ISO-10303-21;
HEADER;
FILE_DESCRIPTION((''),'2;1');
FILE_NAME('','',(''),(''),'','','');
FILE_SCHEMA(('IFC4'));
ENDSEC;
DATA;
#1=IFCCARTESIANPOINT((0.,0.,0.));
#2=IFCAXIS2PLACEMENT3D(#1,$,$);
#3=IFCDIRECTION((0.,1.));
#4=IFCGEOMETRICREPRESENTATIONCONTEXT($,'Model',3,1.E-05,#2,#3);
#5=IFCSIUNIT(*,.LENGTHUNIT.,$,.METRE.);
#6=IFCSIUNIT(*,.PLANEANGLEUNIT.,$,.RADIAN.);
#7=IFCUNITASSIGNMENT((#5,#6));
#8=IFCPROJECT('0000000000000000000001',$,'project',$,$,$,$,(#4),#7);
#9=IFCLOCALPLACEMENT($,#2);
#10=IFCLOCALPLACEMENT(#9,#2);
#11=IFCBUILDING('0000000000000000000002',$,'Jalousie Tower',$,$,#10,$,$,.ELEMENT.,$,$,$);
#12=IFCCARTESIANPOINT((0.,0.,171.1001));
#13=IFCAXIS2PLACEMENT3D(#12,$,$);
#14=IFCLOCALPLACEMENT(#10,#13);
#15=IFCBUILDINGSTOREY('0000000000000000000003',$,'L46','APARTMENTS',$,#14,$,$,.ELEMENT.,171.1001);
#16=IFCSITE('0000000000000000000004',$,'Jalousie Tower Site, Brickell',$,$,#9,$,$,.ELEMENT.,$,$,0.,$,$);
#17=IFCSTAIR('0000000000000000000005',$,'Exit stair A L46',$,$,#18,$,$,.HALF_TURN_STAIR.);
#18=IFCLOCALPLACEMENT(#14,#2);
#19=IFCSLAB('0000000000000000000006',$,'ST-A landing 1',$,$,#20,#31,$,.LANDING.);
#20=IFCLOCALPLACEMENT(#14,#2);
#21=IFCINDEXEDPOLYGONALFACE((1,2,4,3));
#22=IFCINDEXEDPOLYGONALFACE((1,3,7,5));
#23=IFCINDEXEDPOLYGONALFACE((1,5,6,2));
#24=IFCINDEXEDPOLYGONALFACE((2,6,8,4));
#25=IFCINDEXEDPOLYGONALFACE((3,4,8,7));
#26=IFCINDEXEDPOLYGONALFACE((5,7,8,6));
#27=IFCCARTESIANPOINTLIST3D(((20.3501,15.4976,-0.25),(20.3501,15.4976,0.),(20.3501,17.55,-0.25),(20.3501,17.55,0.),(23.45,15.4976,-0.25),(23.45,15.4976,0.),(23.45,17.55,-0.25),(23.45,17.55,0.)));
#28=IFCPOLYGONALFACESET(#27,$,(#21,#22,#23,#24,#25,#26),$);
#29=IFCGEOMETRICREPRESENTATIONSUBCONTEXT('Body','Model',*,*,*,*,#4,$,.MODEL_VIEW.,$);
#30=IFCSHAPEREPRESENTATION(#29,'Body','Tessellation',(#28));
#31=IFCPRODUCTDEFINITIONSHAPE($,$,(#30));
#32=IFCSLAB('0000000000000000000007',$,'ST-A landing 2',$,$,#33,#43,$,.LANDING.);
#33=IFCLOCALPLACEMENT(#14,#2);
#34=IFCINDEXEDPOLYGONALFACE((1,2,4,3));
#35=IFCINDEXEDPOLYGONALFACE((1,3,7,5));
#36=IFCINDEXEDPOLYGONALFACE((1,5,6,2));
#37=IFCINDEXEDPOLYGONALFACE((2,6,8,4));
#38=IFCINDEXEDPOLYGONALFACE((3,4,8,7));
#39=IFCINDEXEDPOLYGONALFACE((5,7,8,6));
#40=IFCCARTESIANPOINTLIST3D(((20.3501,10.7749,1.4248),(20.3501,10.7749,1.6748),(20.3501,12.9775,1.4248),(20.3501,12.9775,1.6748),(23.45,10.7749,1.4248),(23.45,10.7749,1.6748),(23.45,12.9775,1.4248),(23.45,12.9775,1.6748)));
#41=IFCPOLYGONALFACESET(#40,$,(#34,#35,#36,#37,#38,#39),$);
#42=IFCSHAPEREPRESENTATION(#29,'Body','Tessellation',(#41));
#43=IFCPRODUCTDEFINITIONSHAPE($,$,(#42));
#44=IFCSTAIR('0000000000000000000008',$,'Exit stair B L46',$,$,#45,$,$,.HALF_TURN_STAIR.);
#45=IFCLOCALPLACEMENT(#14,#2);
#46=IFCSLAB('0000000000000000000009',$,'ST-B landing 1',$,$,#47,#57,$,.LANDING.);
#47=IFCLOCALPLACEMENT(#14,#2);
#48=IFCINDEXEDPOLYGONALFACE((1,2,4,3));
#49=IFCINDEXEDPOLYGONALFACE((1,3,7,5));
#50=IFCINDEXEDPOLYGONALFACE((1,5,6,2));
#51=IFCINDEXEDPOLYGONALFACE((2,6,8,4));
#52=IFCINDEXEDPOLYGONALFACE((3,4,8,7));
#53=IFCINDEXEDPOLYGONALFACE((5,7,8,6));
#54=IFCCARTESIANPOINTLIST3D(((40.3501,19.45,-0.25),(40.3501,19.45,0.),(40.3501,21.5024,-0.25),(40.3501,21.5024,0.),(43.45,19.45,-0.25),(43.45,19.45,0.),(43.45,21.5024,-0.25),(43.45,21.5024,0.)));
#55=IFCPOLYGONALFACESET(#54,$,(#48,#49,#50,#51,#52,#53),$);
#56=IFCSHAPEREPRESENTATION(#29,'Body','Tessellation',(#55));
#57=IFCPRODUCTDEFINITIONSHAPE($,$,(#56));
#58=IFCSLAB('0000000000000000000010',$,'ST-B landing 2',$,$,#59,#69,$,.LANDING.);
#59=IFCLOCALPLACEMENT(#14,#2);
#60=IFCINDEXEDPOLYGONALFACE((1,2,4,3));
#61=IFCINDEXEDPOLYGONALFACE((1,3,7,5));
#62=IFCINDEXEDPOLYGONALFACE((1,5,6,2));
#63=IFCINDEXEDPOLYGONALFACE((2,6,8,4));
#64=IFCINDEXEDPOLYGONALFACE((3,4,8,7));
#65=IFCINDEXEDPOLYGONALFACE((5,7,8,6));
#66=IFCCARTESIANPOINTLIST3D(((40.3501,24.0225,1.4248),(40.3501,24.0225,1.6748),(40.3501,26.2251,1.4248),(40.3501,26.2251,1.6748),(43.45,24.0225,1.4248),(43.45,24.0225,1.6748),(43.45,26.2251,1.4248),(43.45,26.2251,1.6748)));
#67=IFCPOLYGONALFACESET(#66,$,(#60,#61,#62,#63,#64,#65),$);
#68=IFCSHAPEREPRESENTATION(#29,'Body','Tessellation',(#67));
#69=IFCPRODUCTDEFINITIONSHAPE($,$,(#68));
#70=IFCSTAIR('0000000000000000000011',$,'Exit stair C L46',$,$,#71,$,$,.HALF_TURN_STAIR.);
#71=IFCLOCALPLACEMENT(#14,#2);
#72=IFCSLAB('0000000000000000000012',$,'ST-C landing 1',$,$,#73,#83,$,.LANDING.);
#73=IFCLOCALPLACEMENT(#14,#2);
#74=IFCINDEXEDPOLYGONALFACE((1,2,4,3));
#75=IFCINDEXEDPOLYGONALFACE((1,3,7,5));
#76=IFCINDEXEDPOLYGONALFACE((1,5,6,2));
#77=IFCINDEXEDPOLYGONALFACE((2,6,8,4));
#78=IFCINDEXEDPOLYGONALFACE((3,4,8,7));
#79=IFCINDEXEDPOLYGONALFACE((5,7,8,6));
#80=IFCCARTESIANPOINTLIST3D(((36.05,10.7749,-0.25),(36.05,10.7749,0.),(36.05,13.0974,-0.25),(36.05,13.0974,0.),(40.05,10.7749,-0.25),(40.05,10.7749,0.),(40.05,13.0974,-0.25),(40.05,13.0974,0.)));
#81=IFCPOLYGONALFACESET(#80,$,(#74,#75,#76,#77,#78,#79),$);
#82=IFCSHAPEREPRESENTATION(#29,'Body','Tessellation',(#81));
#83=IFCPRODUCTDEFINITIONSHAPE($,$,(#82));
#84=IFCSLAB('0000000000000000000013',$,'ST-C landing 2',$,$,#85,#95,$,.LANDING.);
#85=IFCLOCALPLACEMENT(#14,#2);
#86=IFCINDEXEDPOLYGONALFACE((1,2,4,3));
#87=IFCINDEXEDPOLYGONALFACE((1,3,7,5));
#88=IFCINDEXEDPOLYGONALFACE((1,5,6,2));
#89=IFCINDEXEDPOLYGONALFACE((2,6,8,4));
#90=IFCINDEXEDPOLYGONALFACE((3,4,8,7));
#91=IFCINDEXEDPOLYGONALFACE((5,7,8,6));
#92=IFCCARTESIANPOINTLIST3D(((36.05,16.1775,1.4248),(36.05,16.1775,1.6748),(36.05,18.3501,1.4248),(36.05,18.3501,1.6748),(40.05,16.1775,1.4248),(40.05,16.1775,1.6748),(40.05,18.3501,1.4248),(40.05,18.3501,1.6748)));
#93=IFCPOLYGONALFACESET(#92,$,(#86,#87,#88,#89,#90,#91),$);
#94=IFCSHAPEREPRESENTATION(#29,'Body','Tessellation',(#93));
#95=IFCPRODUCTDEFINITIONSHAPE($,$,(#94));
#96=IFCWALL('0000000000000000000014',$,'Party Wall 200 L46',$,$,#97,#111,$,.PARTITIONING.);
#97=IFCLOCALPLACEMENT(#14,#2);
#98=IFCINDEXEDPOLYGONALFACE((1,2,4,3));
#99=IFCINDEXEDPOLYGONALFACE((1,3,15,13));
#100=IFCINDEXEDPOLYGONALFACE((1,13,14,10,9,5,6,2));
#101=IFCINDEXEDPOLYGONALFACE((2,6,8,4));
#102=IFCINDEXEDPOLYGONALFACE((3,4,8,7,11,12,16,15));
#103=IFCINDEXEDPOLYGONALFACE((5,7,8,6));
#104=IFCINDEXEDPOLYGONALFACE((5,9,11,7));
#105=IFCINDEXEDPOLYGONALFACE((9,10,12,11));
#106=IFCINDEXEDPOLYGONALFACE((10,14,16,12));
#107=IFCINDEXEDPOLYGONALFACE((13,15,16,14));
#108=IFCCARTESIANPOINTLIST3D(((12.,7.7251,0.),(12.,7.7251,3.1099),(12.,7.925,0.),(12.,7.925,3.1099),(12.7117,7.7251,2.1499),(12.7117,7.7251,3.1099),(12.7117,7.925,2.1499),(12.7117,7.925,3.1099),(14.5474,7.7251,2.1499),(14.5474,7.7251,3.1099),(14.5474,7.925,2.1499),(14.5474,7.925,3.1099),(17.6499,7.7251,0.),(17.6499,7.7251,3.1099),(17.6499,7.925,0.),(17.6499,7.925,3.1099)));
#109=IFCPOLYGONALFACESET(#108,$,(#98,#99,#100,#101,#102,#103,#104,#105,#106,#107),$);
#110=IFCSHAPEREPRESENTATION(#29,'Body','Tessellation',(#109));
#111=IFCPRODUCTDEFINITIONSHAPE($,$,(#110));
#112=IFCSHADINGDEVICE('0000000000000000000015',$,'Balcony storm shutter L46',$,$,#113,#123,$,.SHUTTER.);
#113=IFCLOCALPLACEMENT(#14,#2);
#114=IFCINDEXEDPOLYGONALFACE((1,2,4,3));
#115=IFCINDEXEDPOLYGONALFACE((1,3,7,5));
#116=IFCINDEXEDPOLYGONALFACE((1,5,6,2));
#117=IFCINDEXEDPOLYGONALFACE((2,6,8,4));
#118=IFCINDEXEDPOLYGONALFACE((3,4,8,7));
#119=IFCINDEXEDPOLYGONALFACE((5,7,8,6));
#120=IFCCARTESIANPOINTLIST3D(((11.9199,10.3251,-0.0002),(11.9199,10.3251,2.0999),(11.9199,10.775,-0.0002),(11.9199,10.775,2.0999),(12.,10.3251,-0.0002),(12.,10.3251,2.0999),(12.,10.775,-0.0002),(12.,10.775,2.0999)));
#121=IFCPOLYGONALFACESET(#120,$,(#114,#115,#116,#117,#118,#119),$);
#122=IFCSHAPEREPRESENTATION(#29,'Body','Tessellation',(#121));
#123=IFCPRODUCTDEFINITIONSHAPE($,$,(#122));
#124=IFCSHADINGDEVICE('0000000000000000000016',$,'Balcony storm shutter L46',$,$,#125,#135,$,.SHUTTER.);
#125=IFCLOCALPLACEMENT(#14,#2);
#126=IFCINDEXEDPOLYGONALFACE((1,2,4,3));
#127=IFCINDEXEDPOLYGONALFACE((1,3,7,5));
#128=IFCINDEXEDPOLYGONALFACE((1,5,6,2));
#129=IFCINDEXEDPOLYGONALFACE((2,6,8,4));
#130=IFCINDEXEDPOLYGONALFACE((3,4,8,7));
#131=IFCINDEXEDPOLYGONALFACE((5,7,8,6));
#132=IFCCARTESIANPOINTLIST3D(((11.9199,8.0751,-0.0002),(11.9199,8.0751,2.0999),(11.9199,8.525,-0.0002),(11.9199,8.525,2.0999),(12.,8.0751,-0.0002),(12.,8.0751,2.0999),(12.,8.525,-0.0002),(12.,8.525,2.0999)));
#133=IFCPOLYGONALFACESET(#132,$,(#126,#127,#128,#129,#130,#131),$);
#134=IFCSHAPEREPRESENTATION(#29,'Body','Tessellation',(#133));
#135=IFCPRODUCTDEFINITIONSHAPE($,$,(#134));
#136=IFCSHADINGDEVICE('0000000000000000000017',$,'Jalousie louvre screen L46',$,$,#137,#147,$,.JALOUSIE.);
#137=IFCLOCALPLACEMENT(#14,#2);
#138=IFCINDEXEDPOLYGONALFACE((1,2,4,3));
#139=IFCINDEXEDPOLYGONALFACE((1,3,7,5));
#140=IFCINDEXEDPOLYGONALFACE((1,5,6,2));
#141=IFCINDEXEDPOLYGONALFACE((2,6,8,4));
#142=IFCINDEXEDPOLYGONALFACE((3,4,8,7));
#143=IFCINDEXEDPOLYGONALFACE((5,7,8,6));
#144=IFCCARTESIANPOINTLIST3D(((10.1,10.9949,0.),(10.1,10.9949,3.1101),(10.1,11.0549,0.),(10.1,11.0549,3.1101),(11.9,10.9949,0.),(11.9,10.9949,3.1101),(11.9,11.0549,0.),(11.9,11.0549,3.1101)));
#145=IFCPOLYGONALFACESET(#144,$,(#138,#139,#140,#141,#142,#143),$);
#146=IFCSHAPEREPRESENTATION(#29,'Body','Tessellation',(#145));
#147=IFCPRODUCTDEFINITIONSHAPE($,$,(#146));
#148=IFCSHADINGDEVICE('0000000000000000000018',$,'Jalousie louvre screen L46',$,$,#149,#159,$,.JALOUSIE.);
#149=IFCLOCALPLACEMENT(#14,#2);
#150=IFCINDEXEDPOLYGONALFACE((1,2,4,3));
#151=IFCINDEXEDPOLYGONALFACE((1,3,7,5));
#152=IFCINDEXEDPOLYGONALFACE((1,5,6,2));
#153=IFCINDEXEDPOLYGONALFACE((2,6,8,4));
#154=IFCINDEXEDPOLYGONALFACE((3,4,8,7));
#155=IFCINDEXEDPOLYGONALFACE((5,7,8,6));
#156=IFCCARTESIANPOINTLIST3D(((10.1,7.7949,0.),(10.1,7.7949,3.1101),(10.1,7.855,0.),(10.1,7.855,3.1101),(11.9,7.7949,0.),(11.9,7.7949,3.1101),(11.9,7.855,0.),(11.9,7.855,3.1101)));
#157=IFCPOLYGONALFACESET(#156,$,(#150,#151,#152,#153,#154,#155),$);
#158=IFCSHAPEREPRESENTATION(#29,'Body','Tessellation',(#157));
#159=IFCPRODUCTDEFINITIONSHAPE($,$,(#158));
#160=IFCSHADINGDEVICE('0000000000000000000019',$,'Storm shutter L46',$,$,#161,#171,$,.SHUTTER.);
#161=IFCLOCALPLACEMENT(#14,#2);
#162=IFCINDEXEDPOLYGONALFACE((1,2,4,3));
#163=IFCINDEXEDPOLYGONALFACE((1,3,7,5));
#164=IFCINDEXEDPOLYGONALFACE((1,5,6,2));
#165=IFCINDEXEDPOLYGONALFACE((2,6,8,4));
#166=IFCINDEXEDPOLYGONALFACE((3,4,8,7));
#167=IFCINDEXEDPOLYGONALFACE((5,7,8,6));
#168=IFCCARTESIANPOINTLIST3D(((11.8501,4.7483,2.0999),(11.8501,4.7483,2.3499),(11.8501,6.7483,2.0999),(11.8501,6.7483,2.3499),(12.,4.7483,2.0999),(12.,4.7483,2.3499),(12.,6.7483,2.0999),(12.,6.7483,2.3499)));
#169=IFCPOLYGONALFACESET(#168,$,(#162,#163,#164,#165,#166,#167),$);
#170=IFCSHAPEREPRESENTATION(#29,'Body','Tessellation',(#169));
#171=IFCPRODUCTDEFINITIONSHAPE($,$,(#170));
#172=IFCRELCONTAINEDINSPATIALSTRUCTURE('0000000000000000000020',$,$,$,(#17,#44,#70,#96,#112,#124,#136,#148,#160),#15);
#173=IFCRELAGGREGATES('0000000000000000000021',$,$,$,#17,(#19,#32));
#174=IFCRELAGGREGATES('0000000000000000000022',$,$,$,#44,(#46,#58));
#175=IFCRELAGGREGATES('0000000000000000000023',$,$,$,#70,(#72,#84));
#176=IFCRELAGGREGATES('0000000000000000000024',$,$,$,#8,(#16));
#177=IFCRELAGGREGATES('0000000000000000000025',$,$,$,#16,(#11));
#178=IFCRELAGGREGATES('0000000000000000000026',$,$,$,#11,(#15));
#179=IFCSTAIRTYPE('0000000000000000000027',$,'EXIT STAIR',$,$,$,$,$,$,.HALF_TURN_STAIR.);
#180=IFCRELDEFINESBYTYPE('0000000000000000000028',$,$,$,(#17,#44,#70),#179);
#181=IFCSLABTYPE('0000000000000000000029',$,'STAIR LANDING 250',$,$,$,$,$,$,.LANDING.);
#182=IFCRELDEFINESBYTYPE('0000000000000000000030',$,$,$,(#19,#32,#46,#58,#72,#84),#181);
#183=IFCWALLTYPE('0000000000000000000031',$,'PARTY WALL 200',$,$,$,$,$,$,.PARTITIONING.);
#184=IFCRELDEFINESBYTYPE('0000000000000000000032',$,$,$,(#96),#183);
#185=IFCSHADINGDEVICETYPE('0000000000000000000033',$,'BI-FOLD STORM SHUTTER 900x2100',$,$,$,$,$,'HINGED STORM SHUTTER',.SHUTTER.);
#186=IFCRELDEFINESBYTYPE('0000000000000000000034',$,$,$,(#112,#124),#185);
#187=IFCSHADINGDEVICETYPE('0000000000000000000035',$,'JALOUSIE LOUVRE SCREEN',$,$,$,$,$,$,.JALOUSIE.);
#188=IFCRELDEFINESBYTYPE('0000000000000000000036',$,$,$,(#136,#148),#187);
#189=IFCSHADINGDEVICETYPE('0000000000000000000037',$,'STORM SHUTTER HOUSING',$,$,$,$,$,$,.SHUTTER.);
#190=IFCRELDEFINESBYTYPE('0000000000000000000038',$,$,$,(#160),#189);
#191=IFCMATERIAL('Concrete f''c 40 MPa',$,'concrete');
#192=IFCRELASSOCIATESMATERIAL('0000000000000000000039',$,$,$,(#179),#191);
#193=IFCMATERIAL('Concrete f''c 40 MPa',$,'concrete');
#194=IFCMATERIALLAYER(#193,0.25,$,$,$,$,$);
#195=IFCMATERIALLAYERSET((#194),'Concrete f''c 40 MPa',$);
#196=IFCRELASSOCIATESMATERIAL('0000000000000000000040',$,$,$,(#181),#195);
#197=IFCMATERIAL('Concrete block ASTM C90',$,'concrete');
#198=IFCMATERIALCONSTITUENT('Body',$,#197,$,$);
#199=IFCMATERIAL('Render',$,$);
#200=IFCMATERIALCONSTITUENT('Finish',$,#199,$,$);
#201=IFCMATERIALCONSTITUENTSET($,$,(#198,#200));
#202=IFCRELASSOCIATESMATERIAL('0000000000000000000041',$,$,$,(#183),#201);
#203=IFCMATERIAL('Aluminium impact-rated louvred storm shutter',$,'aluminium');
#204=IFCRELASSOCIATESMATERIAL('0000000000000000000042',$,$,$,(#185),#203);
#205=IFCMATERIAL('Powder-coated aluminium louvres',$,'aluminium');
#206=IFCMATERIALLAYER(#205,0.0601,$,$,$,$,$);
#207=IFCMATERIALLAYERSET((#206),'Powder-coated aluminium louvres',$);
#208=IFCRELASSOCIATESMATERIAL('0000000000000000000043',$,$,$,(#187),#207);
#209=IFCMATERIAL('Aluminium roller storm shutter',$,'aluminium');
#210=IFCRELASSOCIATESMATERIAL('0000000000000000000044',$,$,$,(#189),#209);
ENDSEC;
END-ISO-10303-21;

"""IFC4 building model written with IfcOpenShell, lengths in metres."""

from ifc_helpers import new_model, si_unit, direction, frame, origin, origin_2d, place, context, subcontext, project, spatial, polyline, rectangle, outline, extrude, material, layer, layer_set, constituent, constituent_set, type_object, element, aggregate, save


model = new_model("IFC4")

# Units and contexts
model_context = context("Model", 3, precision=1e-05, world=origin(), true_north=direction((0.0, 1.0)))
body_context = subcontext(model_context, "Body", "Model", "MODEL_VIEW")
ifc_project = project(units=[si_unit("LENGTHUNIT", "METRE"), si_unit("PLANEANGLEUNIT", "RADIAN")], contexts=[model_context])

# Site, building, storey
site_placement = place(None, origin())
site = spatial("IfcSite", under=ifc_project, at=site_placement, Name="Jalousie Tower Site, Brickell", CompositionType="ELEMENT", RefElevation=0.0)
building_placement = place(site_placement, origin())
building = spatial("IfcBuilding", under=site, at=building_placement, Name="Jalousie Tower", CompositionType="ELEMENT")
storey_placement = place(building_placement, frame((0.0, 0.0, 171.1001)))
storey = spatial("IfcBuildingStorey", under=building, at=storey_placement, Name="L46", Description="APARTMENTS", CompositionType="ELEMENT", Elevation=171.1001)

# Stairs, slabs
ifc_material_1 = material(Name="Concrete f'c 40 MPa", Category="concrete")
stair_type = type_object("IfcStairType", Name="EXIT STAIR", PredefinedType="HALF_TURN_STAIR", material=ifc_material_1)
stair_1_placement = place(storey_placement, origin())
stair_1 = element("IfcStair", 1, at=stair_1_placement, inside=storey, type_object=stair_type, Name="Exit stair A L46", PredefinedType="HALF_TURN_STAIR")
ifc_material_2 = material(Name="Concrete f'c 40 MPa", Category="concrete")
ifc_layer_1 = layer(ifc_material_2, 0.25)
ifc_layer_set_1 = layer_set([ifc_layer_1], Name="Concrete f'c 40 MPa")
slab_type_1 = type_object("IfcSlabType", Name="STAIR LANDING 250", PredefinedType="LANDING", material=ifc_layer_set_1)
slab_1_placement = place(storey_placement, frame((0.0, 0.0, -0.25)))
slab_1 = element("IfcSlab", 2, at=slab_1_placement, type_object=slab_type_1, Name="ST-A landing 1", PredefinedType="LANDING", context=body_context, shape_type="SweptSolid", body=[
    extrude(outline(polyline([(20.3501, 15.4976), (23.45, 15.4976), (23.45, 17.55), (20.3501, 17.55), (20.3501, 15.4976)])), origin(), (0.0, 0.0, 1.0), 0.25),
])
slab_2_placement = place(storey_placement, frame((0.0, 0.0, 1.4248)))
slab_2 = element("IfcSlab", 3, at=slab_2_placement, type_object=slab_type_1, Name="ST-A landing 2", PredefinedType="LANDING", context=body_context, shape_type="SweptSolid", body=[
    extrude(outline(polyline([(20.3501, 10.7749), (23.45, 10.7749), (23.45, 12.9775), (20.3501, 12.9775), (20.3501, 10.7749)])), origin(), (0.0, 0.0, 1.0), 0.25),
])
aggregate(stair_1, [slab_1, slab_2])
stair_2_placement = place(storey_placement, origin())
stair_2 = element("IfcStair", 4, at=stair_2_placement, inside=storey, type_object=stair_type, Name="Exit stair B L46", PredefinedType="HALF_TURN_STAIR")
slab_3_placement = place(storey_placement, frame((0.0, 0.0, -0.25)))
slab_3 = element("IfcSlab", 5, at=slab_3_placement, type_object=slab_type_1, Name="ST-B landing 1", PredefinedType="LANDING", context=body_context, shape_type="SweptSolid", body=[
    extrude(outline(polyline([(40.3501, 19.45), (43.45, 19.45), (43.45, 21.5024), (40.3501, 21.5024), (40.3501, 19.45)])), origin(), (0.0, 0.0, 1.0), 0.25),
])
slab_4_placement = place(storey_placement, frame((0.0, 0.0, 1.4248)))
slab_4 = element("IfcSlab", 6, at=slab_4_placement, type_object=slab_type_1, Name="ST-B landing 2", PredefinedType="LANDING", context=body_context, shape_type="SweptSolid", body=[
    extrude(outline(polyline([(40.3501, 24.0225), (43.45, 24.0225), (43.45, 26.2251), (40.3501, 26.2251), (40.3501, 24.0225)])), origin(), (0.0, 0.0, 1.0), 0.25),
])
aggregate(stair_2, [slab_3, slab_4])
stair_3_placement = place(storey_placement, origin())
stair_3 = element("IfcStair", 7, at=stair_3_placement, inside=storey, type_object=stair_type, Name="Exit stair C L46", PredefinedType="HALF_TURN_STAIR")
slab_5_placement = place(storey_placement, frame((0.0, 0.0, -0.25)))
slab_5 = element("IfcSlab", 8, at=slab_5_placement, type_object=slab_type_1, Name="ST-C landing 1", PredefinedType="LANDING", context=body_context, shape_type="SweptSolid", body=[
    extrude(outline(polyline([(36.05, 10.7749), (40.05, 10.7749), (40.05, 13.0974), (36.05, 13.0974), (36.05, 10.7749)])), origin(), (0.0, 0.0, 1.0), 0.25),
])
slab_6_placement = place(storey_placement, frame((0.0, 0.0, 1.4248)))
slab_6 = element("IfcSlab", 9, at=slab_6_placement, type_object=slab_type_1, Name="ST-C landing 2", PredefinedType="LANDING", context=body_context, shape_type="SweptSolid", body=[
    extrude(outline(polyline([(36.05, 16.1775), (40.05, 16.1775), (40.05, 18.3501), (36.05, 18.3501), (36.05, 16.1775)])), origin(), (0.0, 0.0, 1.0), 0.25),
])
aggregate(stair_3, [slab_5, slab_6])

# Wall
ifc_material_3 = material(Name="Concrete block ASTM C90", Category="concrete")
ifc_constituent_1 = constituent(ifc_material_3, Name="Body")
ifc_material_4 = material(Name="Render")
ifc_constituent_2 = constituent(ifc_material_4, Name="Finish")
ifc_constituent_set = constituent_set(constituents=[ifc_constituent_1, ifc_constituent_2])
wall_type = type_object("IfcWallType", Name="PARTY WALL 200", PredefinedType="PARTITIONING", material=ifc_constituent_set)
wall_placement = place(storey_placement, frame((12.0, 7.825, 0.0), z_axis=(0.0, 0.0, 1.0), x_axis=(1.0, 0.0, 0.0)))
element("IfcWall", 10, at=wall_placement, inside=storey, type_object=wall_type, Name="Party Wall 200 L46", PredefinedType="PARTITIONING", context=body_context, shape_type="SweptSolid", body=[
    extrude(outline(polyline([(0.0, 0.0), (5.6499, 0.0), (5.6499, 3.1099), (2.5474, 3.1099), (2.5474, 2.1499), (0.7117, 2.1499), (0.7117, 3.1099), (0.0, 3.1099), (0.0, 0.0)])), frame((0.0, 0.1001, 0.0), z_axis=(0.0, -1.0, 0.0), x_axis=(1.0, 0.0, 0.0)), (0.0, 0.0, 1.0), 0.2),
])

# Shading devices
ifc_material_5 = material(Name="Aluminium impact-rated louvred storm shutter", Category="aluminium")
shading_device_type_1 = type_object("IfcShadingDeviceType", Name="BI-FOLD STORM SHUTTER 900x2100", ElementType="HINGED STORM SHUTTER", PredefinedType="SHUTTER", material=ifc_material_5)
for number, where, z_axis, x_axis, name in (
    (11, (11.96, 10.55, -0.0002), (0.0, 0.0, 1.0), (0.0, -1.0, 0.0), "Balcony storm shutter L46"),
    (12, (11.96, 8.3, -0.0002), (0.0, 0.0, 1.0), (0.0, -1.0, 0.0), "Balcony storm shutter L46"),
):
    element("IfcShadingDevice", number, at=place(storey_placement, frame(where, z_axis=z_axis, x_axis=x_axis)), inside=storey, type_object=shading_device_type_1, Name=name, PredefinedType="SHUTTER", context=body_context, shape_type="SweptSolid", body=[
        extrude(rectangle(XDim=0.45, YDim=0.0801, at=origin_2d()), origin(), (0.0, 0.0, 1.0), 2.1001),
    ])

# Shading devices
ifc_material_6 = material(Name="Powder-coated aluminium louvres", Category="aluminium")
ifc_layer_2 = layer(ifc_material_6, 0.0601)
ifc_layer_set_2 = layer_set([ifc_layer_2], Name="Powder-coated aluminium louvres")
shading_device_type_2 = type_object("IfcShadingDeviceType", Name="JALOUSIE LOUVRE SCREEN", PredefinedType="JALOUSIE", material=ifc_layer_set_2)
for number, where, z_axis, x_axis, name in (
    (13, (11.0, 11.0249, 0.0), (0.0, 0.0, 1.0), (0.0, -1.0, 0.0), "Jalousie louvre screen L46"),
    (14, (11.0, 7.825, 0.0), (0.0, 0.0, 1.0), (0.0, -1.0, 0.0), "Jalousie louvre screen L46"),
):
    element("IfcShadingDevice", number, at=place(storey_placement, frame(where, z_axis=z_axis, x_axis=x_axis)), inside=storey, type_object=shading_device_type_2, Name=name, PredefinedType="JALOUSIE", context=body_context, shape_type="SweptSolid", body=[
        extrude(rectangle(XDim=0.0601, YDim=1.8, at=origin_2d()), origin(), (0.0, 0.0, 1.0), 3.1101),
    ])
ifc_material_7 = material(Name="Aluminium roller storm shutter", Category="aluminium")
shading_device_type_3 = type_object("IfcShadingDeviceType", Name="STORM SHUTTER HOUSING", PredefinedType="SHUTTER", material=ifc_material_7)
shading_device_placement = place(storey_placement, frame((11.925, 5.7483, 2.0999), z_axis=(0.0, 0.0, 1.0), x_axis=(0.0, -1.0, 0.0)))
element("IfcShadingDevice", 15, at=shading_device_placement, inside=storey, type_object=shading_device_type_3, Name="Storm shutter L46", PredefinedType="SHUTTER", context=body_context, shape_type="SweptSolid", body=[
    extrude(rectangle(XDim=2.0, YDim=0.1499, at=origin_2d()), origin(), (0.0, 0.0, 1.0), 0.25),
])

save(model, "model.ifc")
